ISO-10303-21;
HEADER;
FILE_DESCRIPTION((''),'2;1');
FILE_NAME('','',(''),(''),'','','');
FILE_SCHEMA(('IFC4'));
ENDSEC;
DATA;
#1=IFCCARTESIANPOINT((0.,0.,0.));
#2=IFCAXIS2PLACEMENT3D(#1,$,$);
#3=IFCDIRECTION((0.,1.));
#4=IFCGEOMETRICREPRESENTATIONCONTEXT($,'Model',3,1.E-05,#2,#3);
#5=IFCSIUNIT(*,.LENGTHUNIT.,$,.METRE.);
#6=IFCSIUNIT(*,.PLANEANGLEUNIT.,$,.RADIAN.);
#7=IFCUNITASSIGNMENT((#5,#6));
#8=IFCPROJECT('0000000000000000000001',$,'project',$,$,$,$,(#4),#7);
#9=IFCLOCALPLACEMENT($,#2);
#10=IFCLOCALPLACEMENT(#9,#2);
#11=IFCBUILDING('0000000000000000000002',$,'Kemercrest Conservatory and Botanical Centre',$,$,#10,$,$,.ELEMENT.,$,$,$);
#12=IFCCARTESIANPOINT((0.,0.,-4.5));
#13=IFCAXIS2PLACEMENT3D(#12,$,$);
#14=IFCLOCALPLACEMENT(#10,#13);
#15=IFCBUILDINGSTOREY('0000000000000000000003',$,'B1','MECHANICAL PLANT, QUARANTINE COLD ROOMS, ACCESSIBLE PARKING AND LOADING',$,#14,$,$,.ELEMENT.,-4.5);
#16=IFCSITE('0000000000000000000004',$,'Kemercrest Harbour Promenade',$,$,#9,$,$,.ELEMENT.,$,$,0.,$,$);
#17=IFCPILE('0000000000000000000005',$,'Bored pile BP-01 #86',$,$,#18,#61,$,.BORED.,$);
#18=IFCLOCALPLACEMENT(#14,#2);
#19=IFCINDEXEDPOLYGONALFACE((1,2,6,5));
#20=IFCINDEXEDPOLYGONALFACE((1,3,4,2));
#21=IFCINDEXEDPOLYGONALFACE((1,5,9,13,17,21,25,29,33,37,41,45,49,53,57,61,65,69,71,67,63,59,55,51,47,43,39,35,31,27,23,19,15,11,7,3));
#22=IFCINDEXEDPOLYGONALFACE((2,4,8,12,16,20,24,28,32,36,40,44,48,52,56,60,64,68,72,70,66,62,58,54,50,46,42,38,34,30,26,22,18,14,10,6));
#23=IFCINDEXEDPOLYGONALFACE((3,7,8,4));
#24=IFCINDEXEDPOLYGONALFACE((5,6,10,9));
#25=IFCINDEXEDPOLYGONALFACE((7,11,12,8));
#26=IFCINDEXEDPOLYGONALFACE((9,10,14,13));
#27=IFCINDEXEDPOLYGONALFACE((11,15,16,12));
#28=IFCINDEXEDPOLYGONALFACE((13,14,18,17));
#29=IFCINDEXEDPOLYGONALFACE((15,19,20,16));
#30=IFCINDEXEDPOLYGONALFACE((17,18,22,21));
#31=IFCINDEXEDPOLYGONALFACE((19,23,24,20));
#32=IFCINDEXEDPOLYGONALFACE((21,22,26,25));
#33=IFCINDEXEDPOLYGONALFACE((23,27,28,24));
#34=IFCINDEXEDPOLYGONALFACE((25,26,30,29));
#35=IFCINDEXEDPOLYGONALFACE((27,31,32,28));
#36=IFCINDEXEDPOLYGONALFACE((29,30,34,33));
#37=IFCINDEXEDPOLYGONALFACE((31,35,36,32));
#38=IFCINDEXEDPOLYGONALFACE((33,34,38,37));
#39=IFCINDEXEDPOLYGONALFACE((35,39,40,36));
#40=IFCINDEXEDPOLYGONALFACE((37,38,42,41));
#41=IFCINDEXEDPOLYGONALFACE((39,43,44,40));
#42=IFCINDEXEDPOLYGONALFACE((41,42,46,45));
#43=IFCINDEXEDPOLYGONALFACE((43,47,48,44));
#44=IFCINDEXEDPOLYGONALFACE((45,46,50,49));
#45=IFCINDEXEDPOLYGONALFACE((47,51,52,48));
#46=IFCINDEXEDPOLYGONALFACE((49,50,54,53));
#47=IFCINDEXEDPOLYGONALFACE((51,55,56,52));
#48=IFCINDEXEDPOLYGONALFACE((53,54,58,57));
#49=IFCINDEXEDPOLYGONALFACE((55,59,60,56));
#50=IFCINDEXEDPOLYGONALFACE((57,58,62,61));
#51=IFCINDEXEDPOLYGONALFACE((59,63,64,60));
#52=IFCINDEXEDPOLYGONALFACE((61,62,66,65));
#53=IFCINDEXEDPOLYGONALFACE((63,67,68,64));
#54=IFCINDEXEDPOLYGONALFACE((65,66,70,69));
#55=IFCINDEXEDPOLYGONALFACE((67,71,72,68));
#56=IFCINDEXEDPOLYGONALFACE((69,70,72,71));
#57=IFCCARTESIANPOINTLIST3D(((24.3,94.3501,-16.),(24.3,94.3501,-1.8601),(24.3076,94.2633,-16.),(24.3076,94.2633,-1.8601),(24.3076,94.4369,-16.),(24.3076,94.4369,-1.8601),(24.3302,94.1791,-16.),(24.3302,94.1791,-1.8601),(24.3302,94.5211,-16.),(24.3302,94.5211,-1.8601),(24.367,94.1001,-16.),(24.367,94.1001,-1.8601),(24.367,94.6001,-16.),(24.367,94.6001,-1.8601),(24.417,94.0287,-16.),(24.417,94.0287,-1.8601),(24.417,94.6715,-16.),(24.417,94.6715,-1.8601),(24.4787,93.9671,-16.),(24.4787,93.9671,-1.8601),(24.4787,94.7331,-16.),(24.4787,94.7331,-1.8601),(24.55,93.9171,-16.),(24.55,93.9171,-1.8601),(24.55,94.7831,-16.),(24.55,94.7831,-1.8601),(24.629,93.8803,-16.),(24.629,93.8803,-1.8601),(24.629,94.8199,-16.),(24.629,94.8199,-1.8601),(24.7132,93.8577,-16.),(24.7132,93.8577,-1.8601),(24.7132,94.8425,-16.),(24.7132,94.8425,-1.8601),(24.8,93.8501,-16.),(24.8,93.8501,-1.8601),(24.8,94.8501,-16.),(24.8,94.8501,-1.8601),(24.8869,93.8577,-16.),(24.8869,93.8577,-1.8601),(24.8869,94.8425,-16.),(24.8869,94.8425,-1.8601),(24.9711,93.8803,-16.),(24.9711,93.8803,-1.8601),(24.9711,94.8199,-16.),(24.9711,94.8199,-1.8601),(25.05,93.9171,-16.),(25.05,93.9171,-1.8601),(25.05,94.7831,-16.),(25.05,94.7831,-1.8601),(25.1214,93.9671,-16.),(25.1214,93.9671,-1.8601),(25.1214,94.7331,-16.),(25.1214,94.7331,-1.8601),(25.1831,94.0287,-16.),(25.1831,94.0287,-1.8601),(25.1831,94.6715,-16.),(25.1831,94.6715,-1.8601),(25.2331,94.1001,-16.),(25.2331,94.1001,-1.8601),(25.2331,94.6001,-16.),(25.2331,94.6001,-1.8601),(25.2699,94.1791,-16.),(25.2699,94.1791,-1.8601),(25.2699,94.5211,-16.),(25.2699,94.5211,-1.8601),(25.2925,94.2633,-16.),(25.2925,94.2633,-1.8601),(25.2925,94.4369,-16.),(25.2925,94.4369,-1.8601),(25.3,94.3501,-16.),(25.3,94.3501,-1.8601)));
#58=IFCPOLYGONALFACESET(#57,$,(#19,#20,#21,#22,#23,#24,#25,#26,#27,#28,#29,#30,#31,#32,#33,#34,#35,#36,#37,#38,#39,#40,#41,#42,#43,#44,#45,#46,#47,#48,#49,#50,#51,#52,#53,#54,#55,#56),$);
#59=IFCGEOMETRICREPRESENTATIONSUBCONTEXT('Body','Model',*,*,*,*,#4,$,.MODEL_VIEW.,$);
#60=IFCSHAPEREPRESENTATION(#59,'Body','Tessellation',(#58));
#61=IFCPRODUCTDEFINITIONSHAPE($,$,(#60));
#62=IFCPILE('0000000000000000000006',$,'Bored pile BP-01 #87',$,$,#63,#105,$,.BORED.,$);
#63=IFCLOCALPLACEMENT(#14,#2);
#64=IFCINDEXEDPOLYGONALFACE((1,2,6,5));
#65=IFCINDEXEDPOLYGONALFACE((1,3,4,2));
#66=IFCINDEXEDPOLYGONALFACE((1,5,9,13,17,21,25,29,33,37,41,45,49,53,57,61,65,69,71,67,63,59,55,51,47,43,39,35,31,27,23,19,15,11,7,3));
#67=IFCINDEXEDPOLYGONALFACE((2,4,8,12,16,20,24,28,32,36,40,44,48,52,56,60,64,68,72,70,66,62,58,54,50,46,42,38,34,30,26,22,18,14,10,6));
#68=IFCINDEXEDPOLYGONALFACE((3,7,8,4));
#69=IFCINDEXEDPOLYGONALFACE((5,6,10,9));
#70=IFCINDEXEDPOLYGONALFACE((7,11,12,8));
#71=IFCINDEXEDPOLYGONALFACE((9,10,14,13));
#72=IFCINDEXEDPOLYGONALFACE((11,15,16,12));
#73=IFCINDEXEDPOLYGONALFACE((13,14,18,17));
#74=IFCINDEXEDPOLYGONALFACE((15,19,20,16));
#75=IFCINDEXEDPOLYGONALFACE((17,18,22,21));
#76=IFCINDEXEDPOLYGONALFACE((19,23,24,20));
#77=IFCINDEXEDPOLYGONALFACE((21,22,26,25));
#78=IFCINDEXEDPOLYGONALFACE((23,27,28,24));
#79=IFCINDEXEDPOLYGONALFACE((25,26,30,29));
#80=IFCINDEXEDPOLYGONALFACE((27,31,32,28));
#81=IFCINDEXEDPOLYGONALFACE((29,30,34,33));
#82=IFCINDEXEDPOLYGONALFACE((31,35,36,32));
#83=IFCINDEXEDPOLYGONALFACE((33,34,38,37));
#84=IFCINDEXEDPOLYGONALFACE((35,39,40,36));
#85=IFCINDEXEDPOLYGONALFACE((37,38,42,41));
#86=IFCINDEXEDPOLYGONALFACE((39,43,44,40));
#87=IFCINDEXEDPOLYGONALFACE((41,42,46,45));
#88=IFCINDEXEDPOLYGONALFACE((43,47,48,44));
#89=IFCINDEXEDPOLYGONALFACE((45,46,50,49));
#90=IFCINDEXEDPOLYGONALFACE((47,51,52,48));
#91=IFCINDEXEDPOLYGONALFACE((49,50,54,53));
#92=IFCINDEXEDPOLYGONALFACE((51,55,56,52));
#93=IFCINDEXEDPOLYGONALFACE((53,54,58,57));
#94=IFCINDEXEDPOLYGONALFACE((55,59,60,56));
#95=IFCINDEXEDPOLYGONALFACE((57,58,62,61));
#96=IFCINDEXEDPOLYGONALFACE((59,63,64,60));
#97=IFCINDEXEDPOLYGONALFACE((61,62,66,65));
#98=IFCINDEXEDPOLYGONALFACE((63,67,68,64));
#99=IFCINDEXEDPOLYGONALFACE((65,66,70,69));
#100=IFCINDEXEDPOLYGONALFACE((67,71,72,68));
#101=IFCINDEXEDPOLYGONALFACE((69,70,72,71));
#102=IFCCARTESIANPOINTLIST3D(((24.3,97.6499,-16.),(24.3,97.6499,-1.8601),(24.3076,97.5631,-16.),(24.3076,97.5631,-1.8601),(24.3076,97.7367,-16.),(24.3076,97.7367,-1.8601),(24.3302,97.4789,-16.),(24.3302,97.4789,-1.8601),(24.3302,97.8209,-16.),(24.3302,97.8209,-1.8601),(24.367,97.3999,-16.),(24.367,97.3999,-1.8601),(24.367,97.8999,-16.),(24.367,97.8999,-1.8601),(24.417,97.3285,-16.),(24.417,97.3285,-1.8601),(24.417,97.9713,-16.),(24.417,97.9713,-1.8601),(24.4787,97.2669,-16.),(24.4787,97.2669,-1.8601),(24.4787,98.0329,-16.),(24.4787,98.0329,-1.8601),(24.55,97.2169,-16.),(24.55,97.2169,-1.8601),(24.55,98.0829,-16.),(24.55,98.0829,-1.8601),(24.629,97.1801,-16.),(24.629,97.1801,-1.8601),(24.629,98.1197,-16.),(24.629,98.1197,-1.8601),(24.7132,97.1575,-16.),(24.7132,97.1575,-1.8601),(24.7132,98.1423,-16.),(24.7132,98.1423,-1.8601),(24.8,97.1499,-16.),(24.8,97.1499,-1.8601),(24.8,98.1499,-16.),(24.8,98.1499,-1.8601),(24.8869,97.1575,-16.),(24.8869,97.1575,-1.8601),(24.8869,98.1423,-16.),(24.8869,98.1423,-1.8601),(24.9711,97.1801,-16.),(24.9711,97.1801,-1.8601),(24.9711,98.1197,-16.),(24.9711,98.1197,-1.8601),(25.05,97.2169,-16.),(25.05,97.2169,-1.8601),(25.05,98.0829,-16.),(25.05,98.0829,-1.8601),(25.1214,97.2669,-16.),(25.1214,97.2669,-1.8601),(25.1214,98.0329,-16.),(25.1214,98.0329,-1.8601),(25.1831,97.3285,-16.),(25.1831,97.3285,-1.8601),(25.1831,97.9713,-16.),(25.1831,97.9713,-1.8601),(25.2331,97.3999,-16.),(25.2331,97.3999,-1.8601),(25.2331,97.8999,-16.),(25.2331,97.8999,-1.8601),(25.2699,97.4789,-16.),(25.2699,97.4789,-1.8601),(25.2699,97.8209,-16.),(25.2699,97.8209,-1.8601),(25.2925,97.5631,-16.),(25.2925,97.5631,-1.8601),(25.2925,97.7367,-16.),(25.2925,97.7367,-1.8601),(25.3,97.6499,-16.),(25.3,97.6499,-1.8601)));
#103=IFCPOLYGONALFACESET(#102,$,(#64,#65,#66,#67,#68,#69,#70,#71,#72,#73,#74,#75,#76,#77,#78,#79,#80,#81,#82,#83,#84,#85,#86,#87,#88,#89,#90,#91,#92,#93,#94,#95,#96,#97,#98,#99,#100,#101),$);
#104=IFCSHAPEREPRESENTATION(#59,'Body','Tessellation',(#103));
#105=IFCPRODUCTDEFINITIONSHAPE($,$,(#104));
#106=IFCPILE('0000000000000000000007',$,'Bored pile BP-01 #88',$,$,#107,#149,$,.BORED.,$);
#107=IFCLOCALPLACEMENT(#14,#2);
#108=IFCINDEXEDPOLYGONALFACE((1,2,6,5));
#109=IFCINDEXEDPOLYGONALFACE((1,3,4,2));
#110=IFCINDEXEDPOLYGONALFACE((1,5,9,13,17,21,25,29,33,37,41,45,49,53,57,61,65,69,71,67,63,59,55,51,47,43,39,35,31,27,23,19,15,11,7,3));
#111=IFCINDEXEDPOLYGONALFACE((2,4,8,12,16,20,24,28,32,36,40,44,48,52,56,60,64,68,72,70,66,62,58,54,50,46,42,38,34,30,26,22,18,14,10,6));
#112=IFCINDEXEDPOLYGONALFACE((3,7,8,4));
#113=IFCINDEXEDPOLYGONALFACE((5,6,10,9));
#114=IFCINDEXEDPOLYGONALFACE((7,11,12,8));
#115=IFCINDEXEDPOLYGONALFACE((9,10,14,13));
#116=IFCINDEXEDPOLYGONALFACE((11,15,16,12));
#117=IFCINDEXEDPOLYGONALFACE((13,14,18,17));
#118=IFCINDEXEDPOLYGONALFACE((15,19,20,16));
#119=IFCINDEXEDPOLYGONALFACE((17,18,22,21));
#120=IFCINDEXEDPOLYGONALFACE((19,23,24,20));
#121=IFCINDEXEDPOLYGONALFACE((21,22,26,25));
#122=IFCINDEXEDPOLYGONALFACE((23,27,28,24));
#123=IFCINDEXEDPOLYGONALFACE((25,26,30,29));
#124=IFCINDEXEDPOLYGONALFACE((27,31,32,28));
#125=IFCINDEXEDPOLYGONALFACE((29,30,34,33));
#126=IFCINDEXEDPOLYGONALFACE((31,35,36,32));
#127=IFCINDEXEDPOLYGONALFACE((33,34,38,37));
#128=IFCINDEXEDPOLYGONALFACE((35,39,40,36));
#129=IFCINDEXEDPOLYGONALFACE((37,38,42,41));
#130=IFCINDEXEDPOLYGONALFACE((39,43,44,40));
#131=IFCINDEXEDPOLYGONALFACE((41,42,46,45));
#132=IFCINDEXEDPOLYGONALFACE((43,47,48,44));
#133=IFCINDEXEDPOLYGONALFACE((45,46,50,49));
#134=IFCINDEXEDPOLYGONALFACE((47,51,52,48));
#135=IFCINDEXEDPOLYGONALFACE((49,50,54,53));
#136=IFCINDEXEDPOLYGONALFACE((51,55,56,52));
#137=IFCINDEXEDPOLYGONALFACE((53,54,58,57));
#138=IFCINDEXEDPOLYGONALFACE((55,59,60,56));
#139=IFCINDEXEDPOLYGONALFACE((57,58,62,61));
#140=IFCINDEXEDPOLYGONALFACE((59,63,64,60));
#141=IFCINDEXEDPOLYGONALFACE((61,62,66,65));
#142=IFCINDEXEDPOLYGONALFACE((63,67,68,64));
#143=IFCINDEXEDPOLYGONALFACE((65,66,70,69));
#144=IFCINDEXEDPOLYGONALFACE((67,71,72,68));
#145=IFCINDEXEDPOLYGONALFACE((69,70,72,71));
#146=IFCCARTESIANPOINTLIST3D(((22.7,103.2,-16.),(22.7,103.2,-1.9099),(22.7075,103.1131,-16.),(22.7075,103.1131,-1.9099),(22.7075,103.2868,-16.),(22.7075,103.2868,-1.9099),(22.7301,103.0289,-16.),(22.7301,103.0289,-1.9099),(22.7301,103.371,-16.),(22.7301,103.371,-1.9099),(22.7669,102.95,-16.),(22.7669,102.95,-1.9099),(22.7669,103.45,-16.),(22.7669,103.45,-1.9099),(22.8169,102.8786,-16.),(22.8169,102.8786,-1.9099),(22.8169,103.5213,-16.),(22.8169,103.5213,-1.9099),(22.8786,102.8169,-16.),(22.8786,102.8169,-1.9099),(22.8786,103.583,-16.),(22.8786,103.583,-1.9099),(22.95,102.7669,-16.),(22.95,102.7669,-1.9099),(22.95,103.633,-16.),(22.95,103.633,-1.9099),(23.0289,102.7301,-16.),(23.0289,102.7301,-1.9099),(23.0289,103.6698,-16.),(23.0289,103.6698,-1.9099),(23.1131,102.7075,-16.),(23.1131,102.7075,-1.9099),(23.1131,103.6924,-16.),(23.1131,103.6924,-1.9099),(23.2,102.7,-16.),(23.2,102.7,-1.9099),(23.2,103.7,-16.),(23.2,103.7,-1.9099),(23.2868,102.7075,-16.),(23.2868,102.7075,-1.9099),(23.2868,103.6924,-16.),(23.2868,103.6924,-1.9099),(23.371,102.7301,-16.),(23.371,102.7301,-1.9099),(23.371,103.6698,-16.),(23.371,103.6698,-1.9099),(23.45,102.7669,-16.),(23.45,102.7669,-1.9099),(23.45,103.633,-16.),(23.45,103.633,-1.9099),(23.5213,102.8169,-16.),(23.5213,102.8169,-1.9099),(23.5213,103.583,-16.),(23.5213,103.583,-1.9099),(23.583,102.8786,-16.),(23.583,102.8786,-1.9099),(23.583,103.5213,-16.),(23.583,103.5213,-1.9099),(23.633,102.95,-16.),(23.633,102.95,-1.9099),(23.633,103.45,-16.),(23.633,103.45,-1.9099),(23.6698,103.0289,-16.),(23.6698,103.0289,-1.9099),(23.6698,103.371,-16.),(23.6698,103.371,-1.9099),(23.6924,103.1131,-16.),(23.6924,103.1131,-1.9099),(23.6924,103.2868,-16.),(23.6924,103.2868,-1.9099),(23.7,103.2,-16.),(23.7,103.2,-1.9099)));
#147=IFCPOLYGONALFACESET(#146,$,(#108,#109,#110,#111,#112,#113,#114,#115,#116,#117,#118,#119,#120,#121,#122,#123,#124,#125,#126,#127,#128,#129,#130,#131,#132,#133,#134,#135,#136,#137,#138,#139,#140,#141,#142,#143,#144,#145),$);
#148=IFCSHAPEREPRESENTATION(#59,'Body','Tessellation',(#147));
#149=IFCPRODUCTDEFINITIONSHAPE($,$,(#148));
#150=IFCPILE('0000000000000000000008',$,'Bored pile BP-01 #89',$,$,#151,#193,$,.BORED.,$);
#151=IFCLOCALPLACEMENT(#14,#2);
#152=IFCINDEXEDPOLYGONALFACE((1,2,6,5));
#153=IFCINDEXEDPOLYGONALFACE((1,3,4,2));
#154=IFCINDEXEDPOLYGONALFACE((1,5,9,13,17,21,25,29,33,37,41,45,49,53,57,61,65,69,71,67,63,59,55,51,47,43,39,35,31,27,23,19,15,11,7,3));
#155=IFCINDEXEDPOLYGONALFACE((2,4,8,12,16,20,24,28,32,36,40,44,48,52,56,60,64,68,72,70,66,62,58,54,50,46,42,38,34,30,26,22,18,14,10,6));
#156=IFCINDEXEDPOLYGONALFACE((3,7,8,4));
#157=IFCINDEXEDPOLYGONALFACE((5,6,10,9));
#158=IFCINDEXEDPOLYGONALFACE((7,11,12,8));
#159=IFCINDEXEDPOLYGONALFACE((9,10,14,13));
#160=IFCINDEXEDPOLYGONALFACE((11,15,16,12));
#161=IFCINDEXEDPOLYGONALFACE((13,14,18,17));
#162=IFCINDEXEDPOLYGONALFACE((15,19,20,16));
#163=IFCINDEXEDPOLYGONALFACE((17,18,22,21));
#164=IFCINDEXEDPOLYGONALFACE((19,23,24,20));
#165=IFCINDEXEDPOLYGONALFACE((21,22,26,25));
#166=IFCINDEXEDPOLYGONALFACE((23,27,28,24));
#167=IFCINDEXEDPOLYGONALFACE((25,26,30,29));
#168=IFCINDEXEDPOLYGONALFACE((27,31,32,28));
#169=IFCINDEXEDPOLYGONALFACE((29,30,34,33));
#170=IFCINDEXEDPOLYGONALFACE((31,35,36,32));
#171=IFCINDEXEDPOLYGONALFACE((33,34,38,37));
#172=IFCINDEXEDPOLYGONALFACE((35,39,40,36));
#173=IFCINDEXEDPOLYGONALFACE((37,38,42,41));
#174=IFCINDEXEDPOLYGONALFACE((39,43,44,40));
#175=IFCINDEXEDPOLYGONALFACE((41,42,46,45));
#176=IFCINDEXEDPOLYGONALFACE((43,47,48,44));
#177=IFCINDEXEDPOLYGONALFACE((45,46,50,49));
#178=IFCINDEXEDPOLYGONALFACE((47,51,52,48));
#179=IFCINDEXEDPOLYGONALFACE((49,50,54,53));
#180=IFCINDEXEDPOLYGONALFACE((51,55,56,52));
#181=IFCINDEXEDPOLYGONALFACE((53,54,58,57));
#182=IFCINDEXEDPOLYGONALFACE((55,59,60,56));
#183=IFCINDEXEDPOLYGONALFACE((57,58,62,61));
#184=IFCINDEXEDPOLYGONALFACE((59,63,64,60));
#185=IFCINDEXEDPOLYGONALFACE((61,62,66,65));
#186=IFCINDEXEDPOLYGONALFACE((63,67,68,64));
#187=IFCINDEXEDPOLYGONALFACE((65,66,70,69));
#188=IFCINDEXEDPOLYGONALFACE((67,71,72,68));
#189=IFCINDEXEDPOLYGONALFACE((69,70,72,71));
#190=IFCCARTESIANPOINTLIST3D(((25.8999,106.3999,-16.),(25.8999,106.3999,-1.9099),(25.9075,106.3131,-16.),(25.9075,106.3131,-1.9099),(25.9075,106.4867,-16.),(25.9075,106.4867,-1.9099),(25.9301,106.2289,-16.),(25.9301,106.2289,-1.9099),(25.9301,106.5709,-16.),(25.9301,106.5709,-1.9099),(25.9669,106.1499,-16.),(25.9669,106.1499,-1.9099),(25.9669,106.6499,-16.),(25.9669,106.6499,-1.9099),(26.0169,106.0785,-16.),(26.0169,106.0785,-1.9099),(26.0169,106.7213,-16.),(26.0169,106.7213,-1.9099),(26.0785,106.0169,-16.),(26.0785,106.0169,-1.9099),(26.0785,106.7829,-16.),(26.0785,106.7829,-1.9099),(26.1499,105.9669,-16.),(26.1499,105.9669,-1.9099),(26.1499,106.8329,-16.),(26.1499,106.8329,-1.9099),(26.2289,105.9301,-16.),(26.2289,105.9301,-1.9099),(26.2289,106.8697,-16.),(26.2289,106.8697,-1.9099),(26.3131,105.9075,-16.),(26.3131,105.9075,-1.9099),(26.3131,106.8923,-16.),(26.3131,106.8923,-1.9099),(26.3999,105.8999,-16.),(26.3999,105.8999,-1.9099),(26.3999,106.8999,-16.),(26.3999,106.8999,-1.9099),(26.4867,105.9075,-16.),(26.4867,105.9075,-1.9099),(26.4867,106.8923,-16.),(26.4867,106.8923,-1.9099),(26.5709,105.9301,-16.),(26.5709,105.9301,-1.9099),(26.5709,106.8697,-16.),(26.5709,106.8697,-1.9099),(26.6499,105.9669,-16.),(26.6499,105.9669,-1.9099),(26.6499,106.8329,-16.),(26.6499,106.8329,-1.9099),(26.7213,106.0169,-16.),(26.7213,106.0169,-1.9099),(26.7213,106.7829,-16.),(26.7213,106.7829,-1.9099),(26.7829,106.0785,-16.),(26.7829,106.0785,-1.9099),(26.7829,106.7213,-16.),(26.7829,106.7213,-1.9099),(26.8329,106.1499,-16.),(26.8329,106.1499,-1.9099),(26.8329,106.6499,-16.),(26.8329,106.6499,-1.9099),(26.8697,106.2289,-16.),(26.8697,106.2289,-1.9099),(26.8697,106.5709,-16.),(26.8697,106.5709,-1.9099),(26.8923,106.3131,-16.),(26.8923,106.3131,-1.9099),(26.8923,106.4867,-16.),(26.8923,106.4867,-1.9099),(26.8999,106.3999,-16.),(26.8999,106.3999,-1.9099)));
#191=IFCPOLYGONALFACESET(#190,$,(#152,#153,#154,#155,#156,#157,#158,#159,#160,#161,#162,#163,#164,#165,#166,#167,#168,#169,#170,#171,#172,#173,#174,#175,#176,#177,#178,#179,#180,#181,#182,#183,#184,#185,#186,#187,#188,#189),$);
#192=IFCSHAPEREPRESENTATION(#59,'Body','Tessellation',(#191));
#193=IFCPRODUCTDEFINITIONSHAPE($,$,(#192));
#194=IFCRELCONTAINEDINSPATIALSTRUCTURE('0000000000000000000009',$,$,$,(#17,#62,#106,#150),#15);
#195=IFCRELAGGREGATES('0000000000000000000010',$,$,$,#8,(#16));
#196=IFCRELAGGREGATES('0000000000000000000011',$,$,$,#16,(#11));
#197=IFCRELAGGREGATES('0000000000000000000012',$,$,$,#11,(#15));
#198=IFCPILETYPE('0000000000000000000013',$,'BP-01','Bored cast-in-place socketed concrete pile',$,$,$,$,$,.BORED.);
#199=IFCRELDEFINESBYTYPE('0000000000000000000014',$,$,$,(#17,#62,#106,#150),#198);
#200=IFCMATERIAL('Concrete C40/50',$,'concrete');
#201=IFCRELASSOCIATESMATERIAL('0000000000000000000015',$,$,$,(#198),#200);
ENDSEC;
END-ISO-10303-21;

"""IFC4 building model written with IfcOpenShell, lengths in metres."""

from ifc_helpers import new_model, si_unit, direction, frame, origin, origin_2d, place, context, subcontext, project, spatial, circle, extrude, material, material_profile, profile_set, type_object, element, save


model = new_model("IFC4")

# Units and contexts
model_context = context("Model", 3, precision=1e-05, world=origin(), true_north=direction((0.0, 1.0)))
body_context = subcontext(model_context, "Body", "Model", "MODEL_VIEW")
ifc_project = project(units=[si_unit("LENGTHUNIT", "METRE"), si_unit("PLANEANGLEUNIT", "RADIAN")], contexts=[model_context])

# Site, building, storey
site_placement = place(None, origin())
site = spatial("IfcSite", under=ifc_project, at=site_placement, Name="Kemercrest Harbour Promenade", CompositionType="ELEMENT", RefElevation=0.0)
building_placement = place(site_placement, origin())
building = spatial("IfcBuilding", under=site, at=building_placement, Name="Kemercrest Conservatory and Botanical Centre", CompositionType="ELEMENT")
storey_placement = place(building_placement, frame((0.0, 0.0, -4.5)))
storey = spatial("IfcBuildingStorey", under=building, at=storey_placement, Name="B1", Description="MECHANICAL PLANT, QUARANTINE COLD ROOMS, ACCESSIBLE PARKING AND LOADING", CompositionType="ELEMENT", Elevation=-4.5)

# Piles
ifc_material_1 = material(Name="Concrete C40/50", Category="concrete")
ifc_material_profile_1 = material_profile(ifc_material_1, circle(Radius=0.5, at=origin_2d()), Name="BORED PILE 1000")
ifc_profile_set_1 = profile_set([ifc_material_profile_1], Name="Concrete C40/50")
pile_type_1 = type_object("IfcPileType", Name="BP-01", Description="Bored cast-in-place socketed concrete pile", PredefinedType="BORED", material=ifc_profile_set_1)
for number, where, z_axis, x_axis, name in (
    (1, (24.8, 94.3501, -1.8601), (0.0, 0.0, -1.0), (1.0, 0.0, 0.0), "Bored pile BP-01 #86"),
    (2, (24.8, 97.6499, -1.8601), (0.0, 0.0, -1.0), (1.0, 0.0, 0.0), "Bored pile BP-01 #87"),
):
    element("IfcPile", number, at=place(storey_placement, frame(where, z_axis=z_axis, x_axis=x_axis)), inside=storey, type_object=pile_type_1, Name=name, PredefinedType="BORED", context=body_context, shape_type="SweptSolid", body=[
        extrude(circle(Radius=0.5, at=origin_2d()), origin(), (0.0, 0.0, 1.0), 14.1399),
    ])
for number, where, z_axis, x_axis, name in (
    (3, (23.2, 103.2, -1.9099), (0.0, 0.0, -1.0), (1.0, 0.0, 0.0), "Bored pile BP-01 #88"),
    (4, (26.3999, 106.3999, -1.9099), (0.0, 0.0, -1.0), (1.0, 0.0, 0.0), "Bored pile BP-01 #89"),
):
    element("IfcPile", number, at=place(storey_placement, frame(where, z_axis=z_axis, x_axis=x_axis)), inside=storey, type_object=pile_type_1, Name=name, PredefinedType="BORED", context=body_context, shape_type="SweptSolid", body=[
        extrude(circle(Radius=0.5, at=origin_2d()), origin(), (0.0, 0.0, 1.0), 14.0901),
    ])

save(model, "model.ifc")
